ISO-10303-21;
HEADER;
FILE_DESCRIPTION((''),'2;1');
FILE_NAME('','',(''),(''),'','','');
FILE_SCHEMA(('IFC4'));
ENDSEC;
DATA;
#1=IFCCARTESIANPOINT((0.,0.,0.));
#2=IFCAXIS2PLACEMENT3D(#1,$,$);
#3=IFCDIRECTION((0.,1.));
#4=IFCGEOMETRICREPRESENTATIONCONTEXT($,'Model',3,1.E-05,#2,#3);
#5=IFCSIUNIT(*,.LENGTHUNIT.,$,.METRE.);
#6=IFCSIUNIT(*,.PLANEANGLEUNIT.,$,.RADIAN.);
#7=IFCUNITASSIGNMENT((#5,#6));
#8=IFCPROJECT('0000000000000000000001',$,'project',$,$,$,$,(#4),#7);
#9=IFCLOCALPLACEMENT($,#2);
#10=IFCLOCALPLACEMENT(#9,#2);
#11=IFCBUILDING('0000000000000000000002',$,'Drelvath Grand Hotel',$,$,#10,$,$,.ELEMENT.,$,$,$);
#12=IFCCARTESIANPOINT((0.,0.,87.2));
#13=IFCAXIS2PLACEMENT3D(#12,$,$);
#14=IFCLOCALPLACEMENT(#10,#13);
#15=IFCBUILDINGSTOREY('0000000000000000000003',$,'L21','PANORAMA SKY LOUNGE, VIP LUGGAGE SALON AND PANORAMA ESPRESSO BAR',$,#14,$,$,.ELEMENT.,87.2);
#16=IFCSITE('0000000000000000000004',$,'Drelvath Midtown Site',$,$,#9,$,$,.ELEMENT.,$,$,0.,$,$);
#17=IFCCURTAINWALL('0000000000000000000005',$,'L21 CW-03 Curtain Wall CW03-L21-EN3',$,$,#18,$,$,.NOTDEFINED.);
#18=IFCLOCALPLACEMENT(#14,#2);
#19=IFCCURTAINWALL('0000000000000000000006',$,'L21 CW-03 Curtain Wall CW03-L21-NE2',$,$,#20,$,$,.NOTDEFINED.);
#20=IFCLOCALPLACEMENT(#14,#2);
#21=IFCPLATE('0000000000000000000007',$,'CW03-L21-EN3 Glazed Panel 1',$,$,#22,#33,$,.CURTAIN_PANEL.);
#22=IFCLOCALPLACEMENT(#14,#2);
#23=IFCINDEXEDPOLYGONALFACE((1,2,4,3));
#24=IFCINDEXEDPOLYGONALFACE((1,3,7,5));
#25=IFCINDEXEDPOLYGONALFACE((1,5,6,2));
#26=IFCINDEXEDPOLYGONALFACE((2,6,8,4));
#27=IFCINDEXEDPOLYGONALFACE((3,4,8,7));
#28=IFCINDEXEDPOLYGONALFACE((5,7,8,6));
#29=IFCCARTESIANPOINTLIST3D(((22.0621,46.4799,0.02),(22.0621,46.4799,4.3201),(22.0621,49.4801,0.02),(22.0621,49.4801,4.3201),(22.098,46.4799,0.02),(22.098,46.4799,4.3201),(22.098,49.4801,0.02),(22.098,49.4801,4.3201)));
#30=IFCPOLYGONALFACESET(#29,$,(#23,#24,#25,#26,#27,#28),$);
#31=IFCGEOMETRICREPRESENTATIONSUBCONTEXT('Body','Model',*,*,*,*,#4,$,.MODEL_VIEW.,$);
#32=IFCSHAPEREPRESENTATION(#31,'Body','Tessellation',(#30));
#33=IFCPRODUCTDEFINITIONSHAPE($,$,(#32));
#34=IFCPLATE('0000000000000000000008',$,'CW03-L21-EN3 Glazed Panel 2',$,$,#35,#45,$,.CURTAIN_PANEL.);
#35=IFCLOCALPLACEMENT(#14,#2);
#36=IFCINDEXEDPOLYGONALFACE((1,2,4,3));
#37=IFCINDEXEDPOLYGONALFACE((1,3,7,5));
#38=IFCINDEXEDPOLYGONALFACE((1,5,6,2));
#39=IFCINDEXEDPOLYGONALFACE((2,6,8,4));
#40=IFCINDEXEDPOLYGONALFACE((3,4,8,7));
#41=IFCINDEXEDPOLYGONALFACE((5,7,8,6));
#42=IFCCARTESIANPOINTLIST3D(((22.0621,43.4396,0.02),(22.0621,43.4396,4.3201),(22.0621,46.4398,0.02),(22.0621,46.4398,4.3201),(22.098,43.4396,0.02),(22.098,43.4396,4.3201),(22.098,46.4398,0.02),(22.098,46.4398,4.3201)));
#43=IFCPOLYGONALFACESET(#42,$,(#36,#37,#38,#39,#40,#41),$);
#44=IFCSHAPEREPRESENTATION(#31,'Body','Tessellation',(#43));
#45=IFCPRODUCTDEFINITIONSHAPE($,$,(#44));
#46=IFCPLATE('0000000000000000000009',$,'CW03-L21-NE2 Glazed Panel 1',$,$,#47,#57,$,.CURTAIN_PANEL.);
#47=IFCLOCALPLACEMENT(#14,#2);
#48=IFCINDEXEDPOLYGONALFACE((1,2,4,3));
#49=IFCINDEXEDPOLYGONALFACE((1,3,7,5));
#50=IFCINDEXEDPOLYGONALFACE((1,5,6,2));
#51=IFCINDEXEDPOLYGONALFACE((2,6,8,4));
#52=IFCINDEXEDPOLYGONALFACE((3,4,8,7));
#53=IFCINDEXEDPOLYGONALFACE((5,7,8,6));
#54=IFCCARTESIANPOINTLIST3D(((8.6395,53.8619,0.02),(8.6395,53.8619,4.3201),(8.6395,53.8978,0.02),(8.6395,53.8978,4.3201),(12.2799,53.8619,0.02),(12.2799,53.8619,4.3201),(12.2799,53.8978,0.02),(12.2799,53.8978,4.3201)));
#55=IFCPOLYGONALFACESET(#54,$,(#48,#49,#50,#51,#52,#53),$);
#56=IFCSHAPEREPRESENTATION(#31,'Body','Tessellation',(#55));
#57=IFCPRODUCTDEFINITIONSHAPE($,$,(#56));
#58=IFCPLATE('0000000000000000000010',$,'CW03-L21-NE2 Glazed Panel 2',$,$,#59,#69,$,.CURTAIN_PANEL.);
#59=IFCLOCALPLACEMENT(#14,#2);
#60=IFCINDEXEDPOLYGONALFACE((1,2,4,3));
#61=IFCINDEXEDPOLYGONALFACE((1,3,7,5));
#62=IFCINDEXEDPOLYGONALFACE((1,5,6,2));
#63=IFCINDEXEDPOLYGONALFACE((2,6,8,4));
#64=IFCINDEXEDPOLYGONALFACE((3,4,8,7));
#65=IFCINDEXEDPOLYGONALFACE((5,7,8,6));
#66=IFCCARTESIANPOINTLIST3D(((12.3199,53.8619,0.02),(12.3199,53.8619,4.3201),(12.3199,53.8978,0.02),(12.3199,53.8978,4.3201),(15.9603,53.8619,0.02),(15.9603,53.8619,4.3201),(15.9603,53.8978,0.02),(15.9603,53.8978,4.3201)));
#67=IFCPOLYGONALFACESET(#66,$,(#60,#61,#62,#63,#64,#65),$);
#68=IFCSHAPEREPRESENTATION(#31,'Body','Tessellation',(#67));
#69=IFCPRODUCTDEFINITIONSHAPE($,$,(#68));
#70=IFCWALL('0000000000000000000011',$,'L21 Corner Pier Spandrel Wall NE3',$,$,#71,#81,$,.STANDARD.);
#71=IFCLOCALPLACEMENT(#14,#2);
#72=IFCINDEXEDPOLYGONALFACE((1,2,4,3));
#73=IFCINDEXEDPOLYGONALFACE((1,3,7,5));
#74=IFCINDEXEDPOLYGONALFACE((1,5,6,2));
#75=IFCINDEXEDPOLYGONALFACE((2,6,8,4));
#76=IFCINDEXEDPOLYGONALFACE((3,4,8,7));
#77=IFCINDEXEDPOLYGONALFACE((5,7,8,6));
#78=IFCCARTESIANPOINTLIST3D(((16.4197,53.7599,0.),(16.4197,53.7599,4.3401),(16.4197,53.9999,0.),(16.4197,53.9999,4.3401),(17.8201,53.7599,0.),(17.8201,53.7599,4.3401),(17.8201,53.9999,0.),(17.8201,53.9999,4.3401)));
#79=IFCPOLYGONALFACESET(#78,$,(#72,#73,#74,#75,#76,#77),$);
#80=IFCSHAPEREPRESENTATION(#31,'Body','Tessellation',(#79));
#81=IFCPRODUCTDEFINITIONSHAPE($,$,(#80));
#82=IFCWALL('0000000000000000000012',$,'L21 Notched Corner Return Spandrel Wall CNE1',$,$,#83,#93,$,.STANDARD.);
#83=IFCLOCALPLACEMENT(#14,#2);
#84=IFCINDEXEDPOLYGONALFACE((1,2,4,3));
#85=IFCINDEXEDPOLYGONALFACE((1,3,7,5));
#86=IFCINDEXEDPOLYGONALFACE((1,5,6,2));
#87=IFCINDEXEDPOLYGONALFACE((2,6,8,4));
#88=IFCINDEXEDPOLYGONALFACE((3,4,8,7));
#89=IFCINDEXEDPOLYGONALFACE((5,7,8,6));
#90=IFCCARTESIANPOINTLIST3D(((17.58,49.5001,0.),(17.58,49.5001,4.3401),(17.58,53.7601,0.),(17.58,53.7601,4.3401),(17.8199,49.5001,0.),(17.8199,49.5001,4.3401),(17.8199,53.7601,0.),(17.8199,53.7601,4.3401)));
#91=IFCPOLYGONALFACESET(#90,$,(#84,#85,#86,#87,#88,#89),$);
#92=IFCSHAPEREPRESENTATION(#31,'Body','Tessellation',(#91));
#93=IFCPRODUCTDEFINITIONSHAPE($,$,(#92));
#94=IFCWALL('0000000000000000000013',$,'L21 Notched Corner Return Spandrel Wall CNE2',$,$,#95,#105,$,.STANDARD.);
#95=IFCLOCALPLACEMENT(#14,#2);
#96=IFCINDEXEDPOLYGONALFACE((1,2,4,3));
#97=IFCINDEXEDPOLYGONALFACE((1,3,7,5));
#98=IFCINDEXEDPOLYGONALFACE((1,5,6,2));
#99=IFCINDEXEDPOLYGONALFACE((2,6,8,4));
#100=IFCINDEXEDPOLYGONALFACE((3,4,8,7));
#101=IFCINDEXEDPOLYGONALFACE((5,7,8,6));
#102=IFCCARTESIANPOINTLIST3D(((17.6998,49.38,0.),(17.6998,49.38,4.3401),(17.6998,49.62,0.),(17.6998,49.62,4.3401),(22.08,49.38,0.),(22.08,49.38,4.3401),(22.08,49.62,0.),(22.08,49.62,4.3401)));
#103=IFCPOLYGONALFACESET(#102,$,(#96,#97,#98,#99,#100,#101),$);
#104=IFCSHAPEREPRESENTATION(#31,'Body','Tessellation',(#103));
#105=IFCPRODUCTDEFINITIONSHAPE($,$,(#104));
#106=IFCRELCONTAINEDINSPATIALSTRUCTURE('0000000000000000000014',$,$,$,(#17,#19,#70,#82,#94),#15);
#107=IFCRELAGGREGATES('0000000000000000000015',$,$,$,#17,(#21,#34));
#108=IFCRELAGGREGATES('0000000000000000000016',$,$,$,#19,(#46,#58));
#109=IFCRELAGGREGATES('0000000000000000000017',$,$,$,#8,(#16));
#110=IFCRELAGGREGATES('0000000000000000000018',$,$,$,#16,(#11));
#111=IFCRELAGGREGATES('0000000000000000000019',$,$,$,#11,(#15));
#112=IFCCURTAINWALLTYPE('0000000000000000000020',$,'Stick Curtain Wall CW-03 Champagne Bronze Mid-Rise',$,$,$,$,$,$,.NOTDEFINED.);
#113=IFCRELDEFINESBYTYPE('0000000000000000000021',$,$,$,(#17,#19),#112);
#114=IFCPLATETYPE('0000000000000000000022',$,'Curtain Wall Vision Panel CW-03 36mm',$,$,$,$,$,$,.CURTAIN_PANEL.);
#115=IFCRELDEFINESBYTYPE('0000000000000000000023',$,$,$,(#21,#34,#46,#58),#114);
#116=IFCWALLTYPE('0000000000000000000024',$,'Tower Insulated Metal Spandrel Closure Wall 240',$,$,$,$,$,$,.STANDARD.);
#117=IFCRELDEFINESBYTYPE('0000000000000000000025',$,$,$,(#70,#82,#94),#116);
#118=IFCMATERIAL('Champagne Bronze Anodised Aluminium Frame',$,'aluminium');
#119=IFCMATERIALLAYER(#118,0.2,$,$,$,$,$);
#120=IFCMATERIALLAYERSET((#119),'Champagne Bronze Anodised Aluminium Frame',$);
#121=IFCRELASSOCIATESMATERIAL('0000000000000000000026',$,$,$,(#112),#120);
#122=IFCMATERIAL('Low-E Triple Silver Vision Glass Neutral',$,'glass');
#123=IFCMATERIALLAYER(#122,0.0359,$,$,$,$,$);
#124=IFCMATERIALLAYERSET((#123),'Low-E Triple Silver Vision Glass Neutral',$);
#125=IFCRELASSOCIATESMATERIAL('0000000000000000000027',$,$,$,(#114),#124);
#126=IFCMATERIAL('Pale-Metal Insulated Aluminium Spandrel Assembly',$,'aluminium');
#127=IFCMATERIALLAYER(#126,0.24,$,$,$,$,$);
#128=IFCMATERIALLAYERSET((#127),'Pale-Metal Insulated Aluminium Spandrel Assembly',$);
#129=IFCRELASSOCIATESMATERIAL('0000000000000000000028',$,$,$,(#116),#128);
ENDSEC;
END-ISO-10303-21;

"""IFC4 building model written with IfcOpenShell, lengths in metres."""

from ifc_helpers import new_model, si_unit, direction, frame, frame_2d, origin, origin_2d, place, context, subcontext, project, spatial, rectangle, extrude, material, layer, layer_set, type_object, element, aggregate, save


model = new_model("IFC4")

# Units and contexts
model_context = context("Model", 3, precision=1e-05, world=origin(), true_north=direction((0.0, 1.0)))
body_context = subcontext(model_context, "Body", "Model", "MODEL_VIEW")
ifc_project = project(units=[si_unit("LENGTHUNIT", "METRE"), si_unit("PLANEANGLEUNIT", "RADIAN")], contexts=[model_context])

# Site, building, storey
site_placement = place(None, origin())
site = spatial("IfcSite", under=ifc_project, at=site_placement, Name="Drelvath Midtown Site", CompositionType="ELEMENT", RefElevation=0.0)
building_placement = place(site_placement, origin())
building = spatial("IfcBuilding", under=site, at=building_placement, Name="Drelvath Grand Hotel", CompositionType="ELEMENT")
storey_placement = place(building_placement, frame((0.0, 0.0, 87.2)))
storey = spatial("IfcBuildingStorey", under=building, at=storey_placement, Name="L21", Description="PANORAMA SKY LOUNGE, VIP LUGGAGE SALON AND PANORAMA ESPRESSO BAR", CompositionType="ELEMENT", Elevation=87.2)

# Curtain walls
ifc_material_1 = material(Name="Champagne Bronze Anodised Aluminium Frame", Category="aluminium")
ifc_layer_1 = layer(ifc_material_1, 0.2)
ifc_layer_set_1 = layer_set([ifc_layer_1], Name="Champagne Bronze Anodised Aluminium Frame")
curtain_wall_type = type_object("IfcCurtainWallType", Name="Stick Curtain Wall CW-03 Champagne Bronze Mid-Rise", PredefinedType="NOTDEFINED", material=ifc_layer_set_1)
curtain_wall_1_placement = place(storey_placement, origin())
curtain_wall_1 = element("IfcCurtainWall", 1, at=curtain_wall_1_placement, inside=storey, type_object=curtain_wall_type, Name="L21 CW-03 Curtain Wall CW03-L21-EN3", PredefinedType="NOTDEFINED")
curtain_wall_2_placement = place(storey_placement, origin())
curtain_wall_2 = element("IfcCurtainWall", 2, at=curtain_wall_2_placement, inside=storey, type_object=curtain_wall_type, Name="L21 CW-03 Curtain Wall CW03-L21-NE2", PredefinedType="NOTDEFINED")

# Plates
ifc_material_2 = material(Name="Low-E Triple Silver Vision Glass Neutral", Category="glass")
ifc_layer_2 = layer(ifc_material_2, 0.0359)
ifc_layer_set_2 = layer_set([ifc_layer_2], Name="Low-E Triple Silver Vision Glass Neutral")
plate_type = type_object("IfcPlateType", Name="Curtain Wall Vision Panel CW-03 36mm", PredefinedType="CURTAIN_PANEL", material=ifc_layer_set_2)
plate_1_placement = place(storey_placement, frame((22.0801, 47.98, 0.02), z_axis=(0.0, 0.0, 1.0), x_axis=(0.0, -1.0, 0.0)))
plate_1 = element("IfcPlate", 3, at=plate_1_placement, type_object=plate_type, Name="CW03-L21-EN3 Glazed Panel 1", PredefinedType="CURTAIN_PANEL", context=body_context, shape_type="SweptSolid", body=[
    extrude(rectangle(XDim=3.0002, YDim=0.0359, at=origin_2d()), origin(), (0.0, 0.0, 1.0), 4.3),
])
plate_2_placement = place(storey_placement, frame((22.0801, 44.9397, 0.02), z_axis=(0.0, 0.0, 1.0), x_axis=(0.0, -1.0, 0.0)))
plate_2 = element("IfcPlate", 4, at=plate_2_placement, type_object=plate_type, Name="CW03-L21-EN3 Glazed Panel 2", PredefinedType="CURTAIN_PANEL", context=body_context, shape_type="SweptSolid", body=[
    extrude(rectangle(XDim=3.0002, YDim=0.0359, at=origin_2d()), origin(), (0.0, 0.0, 1.0), 4.3),
])
aggregate(curtain_wall_1, [plate_1, plate_2])
plate_3_placement = place(storey_placement, frame((10.4597, 53.8799, 0.02), z_axis=(0.0, 0.0, 1.0), x_axis=(1.0, 0.0, 0.0)))
plate_3 = element("IfcPlate", 5, at=plate_3_placement, type_object=plate_type, Name="CW03-L21-NE2 Glazed Panel 1", PredefinedType="CURTAIN_PANEL", context=body_context, shape_type="SweptSolid", body=[
    extrude(rectangle(XDim=3.6404, YDim=0.0359, at=origin_2d()), origin(), (0.0, 0.0, 1.0), 4.3),
])
plate_4_placement = place(storey_placement, frame((14.1401, 53.8799, 0.02), z_axis=(0.0, 0.0, 1.0), x_axis=(1.0, 0.0, 0.0)))
plate_4 = element("IfcPlate", 6, at=plate_4_placement, type_object=plate_type, Name="CW03-L21-NE2 Glazed Panel 2", PredefinedType="CURTAIN_PANEL", context=body_context, shape_type="SweptSolid", body=[
    extrude(rectangle(XDim=3.6404, YDim=0.0359, at=origin_2d()), origin(), (0.0, 0.0, 1.0), 4.3),
])
aggregate(curtain_wall_2, [plate_3, plate_4])

# Walls
ifc_material_3 = material(Name="Pale-Metal Insulated Aluminium Spandrel Assembly", Category="aluminium")
ifc_layer_3 = layer(ifc_material_3, 0.24)
ifc_layer_set_3 = layer_set([ifc_layer_3], Name="Pale-Metal Insulated Aluminium Spandrel Assembly")
wall_type = type_object("IfcWallType", Name="Tower Insulated Metal Spandrel Closure Wall 240", PredefinedType="STANDARD", material=ifc_layer_set_3)
wall_1_placement = place(storey_placement, frame((16.4197, 53.8799, 0.0), z_axis=(0.0, 0.0, 1.0), x_axis=(1.0, 0.0, 0.0)))
element("IfcWall", 7, at=wall_1_placement, inside=storey, type_object=wall_type, Name="L21 Corner Pier Spandrel Wall NE3", PredefinedType="STANDARD", context=body_context, shape_type="SweptSolid", body=[
    extrude(rectangle(XDim=1.4004, YDim=0.24, at=frame_2d((0.7002, 0.0))), origin(), (0.0, 0.0, 1.0), 4.3401),
])
wall_2_placement = place(storey_placement, frame((17.7, 53.76, 0.0), z_axis=(0.0, 0.0, 1.0), x_axis=(0.0, -1.0, 0.0)))
element("IfcWall", 8, at=wall_2_placement, inside=storey, type_object=wall_type, Name="L21 Notched Corner Return Spandrel Wall CNE1", PredefinedType="STANDARD", context=body_context, shape_type="SweptSolid", body=[
    extrude(rectangle(XDim=4.26, YDim=0.24, at=frame_2d((2.1299, 0.0))), origin(), (0.0, 0.0, 1.0), 4.3401),
])
wall_3_placement = place(storey_placement, frame((17.7, 49.5, 0.0), z_axis=(0.0, 0.0, 1.0), x_axis=(1.0, 0.0, 0.0)))
element("IfcWall", 9, at=wall_3_placement, inside=storey, type_object=wall_type, Name="L21 Notched Corner Return Spandrel Wall CNE2", PredefinedType="STANDARD", context=body_context, shape_type="SweptSolid", body=[
    extrude(rectangle(XDim=4.3801, YDim=0.24, at=frame_2d((2.1899, 0.0))), origin(), (0.0, 0.0, 1.0), 4.3401),
])

save(model, "model.ifc")
